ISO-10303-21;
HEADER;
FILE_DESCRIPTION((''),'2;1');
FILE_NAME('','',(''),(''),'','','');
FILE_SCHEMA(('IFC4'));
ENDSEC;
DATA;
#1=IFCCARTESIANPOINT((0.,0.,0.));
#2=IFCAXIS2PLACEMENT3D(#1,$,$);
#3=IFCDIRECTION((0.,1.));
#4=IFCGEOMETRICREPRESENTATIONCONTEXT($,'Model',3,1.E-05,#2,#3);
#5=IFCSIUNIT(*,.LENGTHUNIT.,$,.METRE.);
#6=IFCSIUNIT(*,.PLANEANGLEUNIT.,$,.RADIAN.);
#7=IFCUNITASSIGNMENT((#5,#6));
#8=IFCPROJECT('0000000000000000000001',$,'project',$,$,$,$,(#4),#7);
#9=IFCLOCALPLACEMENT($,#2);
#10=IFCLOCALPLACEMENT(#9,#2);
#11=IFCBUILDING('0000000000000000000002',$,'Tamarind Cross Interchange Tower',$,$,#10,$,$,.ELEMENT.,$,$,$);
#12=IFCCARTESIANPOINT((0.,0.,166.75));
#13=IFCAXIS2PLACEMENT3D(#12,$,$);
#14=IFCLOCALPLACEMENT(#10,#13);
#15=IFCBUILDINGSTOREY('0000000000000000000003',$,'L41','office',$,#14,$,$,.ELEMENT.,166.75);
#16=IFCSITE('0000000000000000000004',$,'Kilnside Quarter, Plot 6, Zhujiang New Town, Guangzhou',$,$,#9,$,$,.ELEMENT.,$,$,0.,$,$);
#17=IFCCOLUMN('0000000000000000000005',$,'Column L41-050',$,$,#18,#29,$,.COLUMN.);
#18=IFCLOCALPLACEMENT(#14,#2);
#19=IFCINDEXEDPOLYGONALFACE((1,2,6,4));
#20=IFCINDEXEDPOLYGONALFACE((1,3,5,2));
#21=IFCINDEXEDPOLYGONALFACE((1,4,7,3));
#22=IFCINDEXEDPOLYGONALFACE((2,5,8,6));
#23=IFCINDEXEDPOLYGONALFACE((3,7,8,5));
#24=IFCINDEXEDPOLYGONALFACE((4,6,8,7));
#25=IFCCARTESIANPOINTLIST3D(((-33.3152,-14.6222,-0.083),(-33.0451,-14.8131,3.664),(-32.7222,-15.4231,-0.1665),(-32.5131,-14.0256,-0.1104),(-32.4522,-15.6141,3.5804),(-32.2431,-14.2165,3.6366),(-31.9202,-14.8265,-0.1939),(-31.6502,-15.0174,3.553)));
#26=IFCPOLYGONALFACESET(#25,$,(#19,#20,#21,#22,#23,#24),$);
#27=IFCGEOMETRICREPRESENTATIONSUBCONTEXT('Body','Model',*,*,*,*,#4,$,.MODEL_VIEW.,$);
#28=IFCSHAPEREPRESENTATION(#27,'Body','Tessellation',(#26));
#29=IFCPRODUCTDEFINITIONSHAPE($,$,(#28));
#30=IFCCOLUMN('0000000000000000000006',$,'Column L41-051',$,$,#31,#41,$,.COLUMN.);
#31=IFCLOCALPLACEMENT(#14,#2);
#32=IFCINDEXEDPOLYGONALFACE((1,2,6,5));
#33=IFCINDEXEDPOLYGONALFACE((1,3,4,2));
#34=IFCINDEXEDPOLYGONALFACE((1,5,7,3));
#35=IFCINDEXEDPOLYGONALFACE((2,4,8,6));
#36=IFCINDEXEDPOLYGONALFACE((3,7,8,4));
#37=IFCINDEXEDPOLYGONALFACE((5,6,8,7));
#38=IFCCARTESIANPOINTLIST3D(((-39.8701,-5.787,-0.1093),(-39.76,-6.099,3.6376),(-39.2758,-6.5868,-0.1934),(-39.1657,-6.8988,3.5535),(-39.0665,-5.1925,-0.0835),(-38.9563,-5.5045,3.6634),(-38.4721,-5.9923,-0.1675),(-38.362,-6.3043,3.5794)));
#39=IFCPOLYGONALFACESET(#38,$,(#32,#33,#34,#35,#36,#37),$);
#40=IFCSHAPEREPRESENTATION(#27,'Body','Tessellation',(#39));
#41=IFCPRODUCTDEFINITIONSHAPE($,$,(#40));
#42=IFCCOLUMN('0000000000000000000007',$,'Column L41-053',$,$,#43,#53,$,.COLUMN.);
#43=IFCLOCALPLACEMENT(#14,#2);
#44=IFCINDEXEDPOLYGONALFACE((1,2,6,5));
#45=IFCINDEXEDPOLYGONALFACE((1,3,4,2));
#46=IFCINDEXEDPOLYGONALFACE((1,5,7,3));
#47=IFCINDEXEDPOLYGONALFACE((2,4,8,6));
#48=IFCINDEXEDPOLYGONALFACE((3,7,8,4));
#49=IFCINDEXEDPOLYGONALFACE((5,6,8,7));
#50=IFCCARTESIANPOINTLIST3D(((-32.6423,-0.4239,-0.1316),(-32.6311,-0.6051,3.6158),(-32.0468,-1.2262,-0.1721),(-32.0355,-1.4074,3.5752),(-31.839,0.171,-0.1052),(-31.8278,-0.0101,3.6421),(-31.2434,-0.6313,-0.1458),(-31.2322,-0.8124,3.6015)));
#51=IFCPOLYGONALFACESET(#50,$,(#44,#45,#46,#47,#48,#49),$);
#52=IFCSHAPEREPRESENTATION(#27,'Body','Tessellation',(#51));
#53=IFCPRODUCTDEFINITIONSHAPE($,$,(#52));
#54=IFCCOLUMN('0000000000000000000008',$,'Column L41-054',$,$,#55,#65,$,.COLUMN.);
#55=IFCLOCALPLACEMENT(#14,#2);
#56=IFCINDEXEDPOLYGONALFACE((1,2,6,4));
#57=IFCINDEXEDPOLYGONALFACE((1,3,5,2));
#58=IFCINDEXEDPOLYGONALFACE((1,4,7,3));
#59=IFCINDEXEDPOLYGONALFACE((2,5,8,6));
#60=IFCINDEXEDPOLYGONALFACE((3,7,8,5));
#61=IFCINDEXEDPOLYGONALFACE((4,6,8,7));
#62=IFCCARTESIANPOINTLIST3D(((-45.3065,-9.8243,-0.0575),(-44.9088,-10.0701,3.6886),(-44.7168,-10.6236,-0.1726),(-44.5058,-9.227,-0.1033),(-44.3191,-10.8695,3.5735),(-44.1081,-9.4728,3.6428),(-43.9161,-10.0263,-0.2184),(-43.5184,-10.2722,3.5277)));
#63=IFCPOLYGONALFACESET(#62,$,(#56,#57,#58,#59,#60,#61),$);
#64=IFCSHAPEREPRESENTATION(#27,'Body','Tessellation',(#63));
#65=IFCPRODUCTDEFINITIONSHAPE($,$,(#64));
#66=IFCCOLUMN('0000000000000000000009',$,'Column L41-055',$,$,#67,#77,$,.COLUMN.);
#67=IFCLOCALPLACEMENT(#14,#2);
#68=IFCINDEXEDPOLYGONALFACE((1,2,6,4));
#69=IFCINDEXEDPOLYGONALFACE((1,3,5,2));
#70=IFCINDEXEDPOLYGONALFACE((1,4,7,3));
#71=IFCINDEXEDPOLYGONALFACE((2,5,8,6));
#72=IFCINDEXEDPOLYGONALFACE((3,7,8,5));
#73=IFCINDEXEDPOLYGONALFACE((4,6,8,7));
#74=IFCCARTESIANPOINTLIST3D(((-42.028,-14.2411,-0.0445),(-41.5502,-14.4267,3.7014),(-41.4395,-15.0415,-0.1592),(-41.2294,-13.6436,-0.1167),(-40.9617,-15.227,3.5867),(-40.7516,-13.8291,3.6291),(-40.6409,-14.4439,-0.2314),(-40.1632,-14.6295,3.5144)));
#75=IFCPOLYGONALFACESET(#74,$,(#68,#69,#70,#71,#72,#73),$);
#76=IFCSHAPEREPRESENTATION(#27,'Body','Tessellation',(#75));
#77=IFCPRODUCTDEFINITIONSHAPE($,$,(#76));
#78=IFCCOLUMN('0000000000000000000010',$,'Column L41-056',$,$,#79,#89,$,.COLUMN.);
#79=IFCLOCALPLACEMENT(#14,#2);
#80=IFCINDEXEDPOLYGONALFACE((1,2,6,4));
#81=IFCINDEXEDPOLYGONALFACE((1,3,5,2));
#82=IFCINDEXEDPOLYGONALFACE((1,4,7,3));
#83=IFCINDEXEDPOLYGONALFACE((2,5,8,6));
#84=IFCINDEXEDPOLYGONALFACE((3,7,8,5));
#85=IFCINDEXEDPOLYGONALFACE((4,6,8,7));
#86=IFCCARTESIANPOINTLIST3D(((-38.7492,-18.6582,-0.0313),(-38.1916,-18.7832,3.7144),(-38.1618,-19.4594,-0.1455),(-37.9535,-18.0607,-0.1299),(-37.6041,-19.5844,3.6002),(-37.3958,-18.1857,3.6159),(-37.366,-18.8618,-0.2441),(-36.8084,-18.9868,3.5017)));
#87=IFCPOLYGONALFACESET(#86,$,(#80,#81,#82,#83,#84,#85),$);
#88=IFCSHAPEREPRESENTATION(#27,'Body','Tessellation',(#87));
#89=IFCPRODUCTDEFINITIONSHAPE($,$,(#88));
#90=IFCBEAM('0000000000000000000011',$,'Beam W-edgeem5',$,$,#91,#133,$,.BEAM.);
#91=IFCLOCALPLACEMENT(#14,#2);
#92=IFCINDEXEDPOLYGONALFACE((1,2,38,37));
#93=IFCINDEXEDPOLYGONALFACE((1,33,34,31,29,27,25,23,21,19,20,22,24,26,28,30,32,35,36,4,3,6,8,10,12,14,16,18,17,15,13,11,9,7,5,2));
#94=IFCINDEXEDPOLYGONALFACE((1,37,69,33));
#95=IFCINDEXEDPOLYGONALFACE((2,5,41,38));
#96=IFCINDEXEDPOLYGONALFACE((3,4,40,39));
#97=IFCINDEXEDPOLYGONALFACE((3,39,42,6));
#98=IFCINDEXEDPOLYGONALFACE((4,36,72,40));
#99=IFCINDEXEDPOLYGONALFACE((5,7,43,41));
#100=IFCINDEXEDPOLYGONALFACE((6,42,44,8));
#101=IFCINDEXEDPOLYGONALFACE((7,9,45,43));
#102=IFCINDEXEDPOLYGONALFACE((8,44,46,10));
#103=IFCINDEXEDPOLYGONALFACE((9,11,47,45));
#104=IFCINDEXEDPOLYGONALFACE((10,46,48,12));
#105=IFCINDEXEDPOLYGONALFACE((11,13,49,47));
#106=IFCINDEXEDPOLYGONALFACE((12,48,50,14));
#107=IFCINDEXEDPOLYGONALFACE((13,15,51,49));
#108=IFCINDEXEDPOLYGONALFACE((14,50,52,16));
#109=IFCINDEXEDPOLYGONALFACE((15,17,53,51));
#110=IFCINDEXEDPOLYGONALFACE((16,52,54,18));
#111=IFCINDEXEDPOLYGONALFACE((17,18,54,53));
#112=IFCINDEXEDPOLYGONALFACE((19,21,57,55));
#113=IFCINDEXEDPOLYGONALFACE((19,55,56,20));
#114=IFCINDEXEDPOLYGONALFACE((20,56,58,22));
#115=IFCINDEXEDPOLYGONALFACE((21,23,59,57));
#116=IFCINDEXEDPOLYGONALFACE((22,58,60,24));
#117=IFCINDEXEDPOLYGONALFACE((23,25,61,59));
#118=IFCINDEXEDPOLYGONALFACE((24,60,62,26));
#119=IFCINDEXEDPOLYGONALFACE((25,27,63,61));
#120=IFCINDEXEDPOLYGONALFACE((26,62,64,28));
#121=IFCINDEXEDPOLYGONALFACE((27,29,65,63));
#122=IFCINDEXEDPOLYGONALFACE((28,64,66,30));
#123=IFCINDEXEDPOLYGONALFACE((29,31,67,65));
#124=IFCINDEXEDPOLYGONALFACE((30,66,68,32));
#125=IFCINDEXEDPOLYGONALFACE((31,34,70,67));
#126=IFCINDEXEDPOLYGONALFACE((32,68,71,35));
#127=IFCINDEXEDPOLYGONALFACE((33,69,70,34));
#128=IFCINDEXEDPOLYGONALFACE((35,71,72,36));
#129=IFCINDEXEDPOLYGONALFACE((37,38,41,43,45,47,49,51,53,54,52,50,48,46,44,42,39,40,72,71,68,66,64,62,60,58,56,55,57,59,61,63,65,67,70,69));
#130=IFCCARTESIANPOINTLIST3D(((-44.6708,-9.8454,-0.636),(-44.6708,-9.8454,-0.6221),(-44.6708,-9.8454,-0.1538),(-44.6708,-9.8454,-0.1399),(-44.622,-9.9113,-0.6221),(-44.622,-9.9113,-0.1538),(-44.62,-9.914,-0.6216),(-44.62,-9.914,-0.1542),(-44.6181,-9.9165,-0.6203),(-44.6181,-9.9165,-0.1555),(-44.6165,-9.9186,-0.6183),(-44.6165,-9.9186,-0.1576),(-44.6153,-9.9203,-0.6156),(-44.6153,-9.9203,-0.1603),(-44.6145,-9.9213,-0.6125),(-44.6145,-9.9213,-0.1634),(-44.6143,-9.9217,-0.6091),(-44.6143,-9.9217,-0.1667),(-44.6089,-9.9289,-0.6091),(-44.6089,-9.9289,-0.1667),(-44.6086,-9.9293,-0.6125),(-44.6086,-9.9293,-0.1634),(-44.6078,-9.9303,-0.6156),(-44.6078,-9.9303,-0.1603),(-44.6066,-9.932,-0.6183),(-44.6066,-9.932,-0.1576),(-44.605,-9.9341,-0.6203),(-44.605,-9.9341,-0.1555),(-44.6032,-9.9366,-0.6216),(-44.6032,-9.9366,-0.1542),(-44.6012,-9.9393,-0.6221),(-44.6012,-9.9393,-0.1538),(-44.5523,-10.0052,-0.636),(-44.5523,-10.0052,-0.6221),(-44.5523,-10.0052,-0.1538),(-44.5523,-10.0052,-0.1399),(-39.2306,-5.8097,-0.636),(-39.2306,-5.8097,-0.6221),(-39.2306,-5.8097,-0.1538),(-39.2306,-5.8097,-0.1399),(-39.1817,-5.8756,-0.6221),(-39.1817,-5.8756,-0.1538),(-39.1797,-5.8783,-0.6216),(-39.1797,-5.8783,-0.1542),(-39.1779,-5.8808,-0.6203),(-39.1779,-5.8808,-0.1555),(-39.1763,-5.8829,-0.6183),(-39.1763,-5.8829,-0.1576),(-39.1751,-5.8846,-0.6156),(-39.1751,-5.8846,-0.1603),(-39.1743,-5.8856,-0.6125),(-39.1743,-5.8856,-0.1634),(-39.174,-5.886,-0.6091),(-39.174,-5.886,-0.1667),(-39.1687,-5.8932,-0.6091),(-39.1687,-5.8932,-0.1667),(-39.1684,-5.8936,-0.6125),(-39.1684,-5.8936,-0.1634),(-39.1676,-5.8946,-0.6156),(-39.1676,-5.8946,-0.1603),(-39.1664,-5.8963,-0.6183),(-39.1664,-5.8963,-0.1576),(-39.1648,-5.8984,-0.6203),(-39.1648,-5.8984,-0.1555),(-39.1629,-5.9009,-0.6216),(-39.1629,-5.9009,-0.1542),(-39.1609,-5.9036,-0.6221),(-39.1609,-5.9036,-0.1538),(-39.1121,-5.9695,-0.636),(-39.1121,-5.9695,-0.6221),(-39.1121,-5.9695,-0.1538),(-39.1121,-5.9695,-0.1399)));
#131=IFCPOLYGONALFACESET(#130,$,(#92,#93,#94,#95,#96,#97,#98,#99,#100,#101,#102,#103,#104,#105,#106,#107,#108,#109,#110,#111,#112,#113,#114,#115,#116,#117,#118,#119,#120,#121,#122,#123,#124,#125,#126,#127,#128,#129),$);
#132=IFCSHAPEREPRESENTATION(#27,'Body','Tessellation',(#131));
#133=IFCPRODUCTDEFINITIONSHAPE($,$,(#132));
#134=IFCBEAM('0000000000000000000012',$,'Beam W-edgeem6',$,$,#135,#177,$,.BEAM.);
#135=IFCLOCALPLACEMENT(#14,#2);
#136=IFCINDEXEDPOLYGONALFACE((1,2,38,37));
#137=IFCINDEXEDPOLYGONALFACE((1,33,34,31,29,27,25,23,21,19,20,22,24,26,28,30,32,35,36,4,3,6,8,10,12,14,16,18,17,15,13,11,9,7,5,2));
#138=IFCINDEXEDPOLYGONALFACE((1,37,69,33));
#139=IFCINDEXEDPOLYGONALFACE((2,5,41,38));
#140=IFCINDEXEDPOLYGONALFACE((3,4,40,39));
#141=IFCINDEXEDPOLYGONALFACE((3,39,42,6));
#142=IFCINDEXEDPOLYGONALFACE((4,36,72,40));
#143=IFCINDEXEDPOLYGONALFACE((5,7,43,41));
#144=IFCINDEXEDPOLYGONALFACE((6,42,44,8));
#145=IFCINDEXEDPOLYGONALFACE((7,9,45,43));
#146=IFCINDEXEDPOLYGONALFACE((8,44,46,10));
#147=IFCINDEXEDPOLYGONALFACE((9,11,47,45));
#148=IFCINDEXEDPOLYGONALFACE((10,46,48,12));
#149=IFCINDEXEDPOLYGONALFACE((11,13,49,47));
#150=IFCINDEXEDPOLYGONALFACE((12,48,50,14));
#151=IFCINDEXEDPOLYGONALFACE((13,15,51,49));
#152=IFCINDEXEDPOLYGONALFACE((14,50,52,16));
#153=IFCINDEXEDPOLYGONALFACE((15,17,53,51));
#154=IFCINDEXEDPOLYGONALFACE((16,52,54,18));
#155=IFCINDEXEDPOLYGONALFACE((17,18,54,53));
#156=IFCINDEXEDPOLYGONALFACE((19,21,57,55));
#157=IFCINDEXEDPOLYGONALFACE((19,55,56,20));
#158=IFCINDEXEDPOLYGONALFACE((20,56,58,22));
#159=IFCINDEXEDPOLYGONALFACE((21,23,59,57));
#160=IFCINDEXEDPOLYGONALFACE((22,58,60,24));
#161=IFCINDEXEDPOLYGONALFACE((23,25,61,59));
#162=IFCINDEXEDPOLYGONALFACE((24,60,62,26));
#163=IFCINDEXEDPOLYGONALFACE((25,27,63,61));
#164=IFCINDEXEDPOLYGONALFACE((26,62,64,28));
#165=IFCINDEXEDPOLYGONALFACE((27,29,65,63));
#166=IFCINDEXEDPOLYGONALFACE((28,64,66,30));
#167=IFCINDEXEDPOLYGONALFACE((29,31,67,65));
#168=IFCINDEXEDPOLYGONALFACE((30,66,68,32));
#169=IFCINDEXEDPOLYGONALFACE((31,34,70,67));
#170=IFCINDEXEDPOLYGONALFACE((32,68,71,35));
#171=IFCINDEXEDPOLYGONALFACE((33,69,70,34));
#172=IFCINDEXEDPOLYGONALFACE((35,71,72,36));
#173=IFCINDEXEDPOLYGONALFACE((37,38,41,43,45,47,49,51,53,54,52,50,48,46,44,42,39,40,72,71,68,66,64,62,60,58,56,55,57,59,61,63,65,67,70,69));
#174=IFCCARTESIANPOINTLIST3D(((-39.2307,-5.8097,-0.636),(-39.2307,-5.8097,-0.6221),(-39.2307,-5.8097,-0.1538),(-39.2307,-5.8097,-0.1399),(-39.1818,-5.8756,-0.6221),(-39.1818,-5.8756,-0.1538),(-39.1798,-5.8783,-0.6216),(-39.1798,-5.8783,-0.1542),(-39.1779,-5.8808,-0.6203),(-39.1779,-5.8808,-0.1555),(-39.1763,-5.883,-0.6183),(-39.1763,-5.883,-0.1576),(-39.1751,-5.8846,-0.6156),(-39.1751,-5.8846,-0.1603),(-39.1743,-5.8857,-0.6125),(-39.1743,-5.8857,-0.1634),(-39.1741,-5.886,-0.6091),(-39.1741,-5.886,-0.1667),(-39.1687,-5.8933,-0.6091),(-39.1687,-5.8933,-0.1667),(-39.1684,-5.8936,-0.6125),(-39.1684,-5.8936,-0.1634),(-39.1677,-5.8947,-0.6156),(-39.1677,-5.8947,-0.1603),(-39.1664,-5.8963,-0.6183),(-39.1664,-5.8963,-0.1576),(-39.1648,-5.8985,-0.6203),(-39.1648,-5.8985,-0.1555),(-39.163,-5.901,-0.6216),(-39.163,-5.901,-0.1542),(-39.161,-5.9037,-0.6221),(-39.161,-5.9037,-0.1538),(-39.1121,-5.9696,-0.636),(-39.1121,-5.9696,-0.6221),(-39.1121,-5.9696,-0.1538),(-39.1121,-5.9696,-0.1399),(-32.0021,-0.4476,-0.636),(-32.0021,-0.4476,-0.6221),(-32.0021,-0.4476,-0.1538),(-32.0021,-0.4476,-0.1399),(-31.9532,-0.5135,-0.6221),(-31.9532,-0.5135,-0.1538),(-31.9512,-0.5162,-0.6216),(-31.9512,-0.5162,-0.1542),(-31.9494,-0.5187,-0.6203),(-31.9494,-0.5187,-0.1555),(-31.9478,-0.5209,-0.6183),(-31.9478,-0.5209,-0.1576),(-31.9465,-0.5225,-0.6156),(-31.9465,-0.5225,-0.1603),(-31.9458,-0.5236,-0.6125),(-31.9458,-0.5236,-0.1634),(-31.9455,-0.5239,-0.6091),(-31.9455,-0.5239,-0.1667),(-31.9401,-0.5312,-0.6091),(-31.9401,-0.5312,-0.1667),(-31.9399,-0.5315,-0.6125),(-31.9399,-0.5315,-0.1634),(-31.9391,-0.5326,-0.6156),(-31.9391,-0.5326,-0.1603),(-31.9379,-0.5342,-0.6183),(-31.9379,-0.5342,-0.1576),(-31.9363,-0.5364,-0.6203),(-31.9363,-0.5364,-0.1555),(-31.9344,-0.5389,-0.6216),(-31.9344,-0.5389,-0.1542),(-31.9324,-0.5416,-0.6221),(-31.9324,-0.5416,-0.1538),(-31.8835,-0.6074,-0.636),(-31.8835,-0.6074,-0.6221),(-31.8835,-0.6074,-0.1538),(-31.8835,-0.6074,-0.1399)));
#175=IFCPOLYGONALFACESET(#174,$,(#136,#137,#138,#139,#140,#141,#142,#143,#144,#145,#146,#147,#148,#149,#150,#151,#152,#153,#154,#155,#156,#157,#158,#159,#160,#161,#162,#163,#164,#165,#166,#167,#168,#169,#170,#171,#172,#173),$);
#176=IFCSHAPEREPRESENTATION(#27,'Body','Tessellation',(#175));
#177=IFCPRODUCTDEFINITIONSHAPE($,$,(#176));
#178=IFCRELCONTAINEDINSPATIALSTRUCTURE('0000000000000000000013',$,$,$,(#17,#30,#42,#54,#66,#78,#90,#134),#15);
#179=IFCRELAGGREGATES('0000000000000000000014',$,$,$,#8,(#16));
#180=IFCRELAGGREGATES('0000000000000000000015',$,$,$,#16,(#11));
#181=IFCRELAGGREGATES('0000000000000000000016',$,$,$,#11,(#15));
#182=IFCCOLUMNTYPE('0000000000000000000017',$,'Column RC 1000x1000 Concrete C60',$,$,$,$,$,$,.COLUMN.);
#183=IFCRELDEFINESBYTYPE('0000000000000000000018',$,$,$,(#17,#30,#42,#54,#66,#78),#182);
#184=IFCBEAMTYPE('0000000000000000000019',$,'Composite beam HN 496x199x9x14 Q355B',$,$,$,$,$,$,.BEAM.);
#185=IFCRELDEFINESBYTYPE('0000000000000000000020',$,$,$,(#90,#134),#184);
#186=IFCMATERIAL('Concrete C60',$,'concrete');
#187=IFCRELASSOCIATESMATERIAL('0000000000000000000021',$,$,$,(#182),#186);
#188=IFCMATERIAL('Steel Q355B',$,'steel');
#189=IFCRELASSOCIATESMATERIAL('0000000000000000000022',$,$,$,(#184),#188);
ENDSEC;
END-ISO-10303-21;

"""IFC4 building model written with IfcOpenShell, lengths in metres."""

from ifc_helpers import new_model, si_unit, direction, frame, origin, origin_2d, place, context, subcontext, project, spatial, rectangle, i_section, extrude, material, material_profile, profile_set, type_object, element, save


model = new_model("IFC4")

# Units and contexts
model_context = context("Model", 3, precision=1e-05, world=origin(), true_north=direction((0.0, 1.0)))
body_context = subcontext(model_context, "Body", "Model", "MODEL_VIEW")
ifc_project = project(units=[si_unit("LENGTHUNIT", "METRE"), si_unit("PLANEANGLEUNIT", "RADIAN")], contexts=[model_context])

# Site, building, storey
site_placement = place(None, origin())
site = spatial("IfcSite", under=ifc_project, at=site_placement, Name="Kilnside Quarter, Plot 6, Zhujiang New Town, Guangzhou", CompositionType="ELEMENT", RefElevation=0.0)
building_placement = place(site_placement, origin())
building = spatial("IfcBuilding", under=site, at=building_placement, Name="Tamarind Cross Interchange Tower", CompositionType="ELEMENT")
storey_placement = place(building_placement, frame((0.0, 0.0, 166.75)))
storey = spatial("IfcBuildingStorey", under=building, at=storey_placement, Name="L41", Description="office", CompositionType="ELEMENT", Elevation=166.75)

# Columns
ifc_material_1 = material(Name="Concrete C60", Category="concrete")
ifc_material_profile_1 = material_profile(ifc_material_1, rectangle(XDim=1.0, YDim=1.0, at=origin_2d()), Name="RC 1000x1000")
ifc_profile_set_1 = profile_set([ifc_material_profile_1], Name="Concrete C60")
column_type = type_object("IfcColumnType", Name="Column RC 1000x1000 Concrete C60", PredefinedType="COLUMN", material=ifc_profile_set_1)
for number, where, z_axis, x_axis, name in (
    (1, (-32.6177, -14.7244, -0.1384), (0.071787, -0.050757, 0.996128), (-0.592924, 0.800913, 0.08354), "Column L41-050"),
    (2, (-39.1711, -5.8896, -0.1384), (0.029273, -0.082951, 0.996124), (0.803699, 0.594473, 0.025886), "Column L41-051"),
):
    element("IfcColumn", number, at=place(storey_placement, frame(where, z_axis=z_axis, x_axis=x_axis)), inside=storey, type_object=column_type, Name=name, PredefinedType="COLUMN", context=body_context, shape_type="SweptSolid", body=[
        extrude(rectangle(XDim=1.0, YDim=1.0, at=origin_2d()), origin(), (0.0, 0.0, 1.0), 3.7615),
    ])
column_1_placement = place(storey_placement, frame((-31.9429, -0.5276, -0.1387), z_axis=(0.002993, -0.048285, 0.998829), x_axis=(0.803319, 0.594965, 0.026354)))
element("IfcColumn", 3, at=column_1_placement, inside=storey, type_object=column_type, Name="Column L41-053", PredefinedType="COLUMN", context=body_context, shape_type="SweptSolid", body=[
    extrude(rectangle(XDim=1.0, YDim=1.0, at=origin_2d()), origin(), (0.0, 0.0, 1.0), 3.7517),
])
column_2_placement = place(storey_placement, frame((-44.6113, -9.9253, -0.1379), z_axis=(0.105348, -0.065123, 0.992301), x_axis=(-0.589728, 0.799362, 0.115069)))
element("IfcColumn", 4, at=column_2_placement, inside=storey, type_object=column_type, Name="Column L41-054", PredefinedType="COLUMN", context=body_context, shape_type="SweptSolid", body=[
    extrude(rectangle(XDim=1.0, YDim=1.0, at=origin_2d()), origin(), (0.0, 0.0, 1.0), 3.7751),
])
column_3_placement = place(storey_placement, frame((-41.3345, -14.3425, -0.1379), z_axis=(0.126372, -0.049077, 0.990768), x_axis=(-0.588479, 0.800335, 0.114704)))
element("IfcColumn", 5, at=column_3_placement, inside=storey, type_object=column_type, Name="Column L41-055", PredefinedType="COLUMN", context=body_context, shape_type="SweptSolid", body=[
    extrude(rectangle(XDim=1.0, YDim=1.0, at=origin_2d()), origin(), (0.0, 0.0, 1.0), 3.7808),
])
column_4_placement = place(storey_placement, frame((-38.0576, -18.76, -0.1377), z_axis=(0.147169, -0.032991, 0.988561), x_axis=(-0.587441, 0.80117, 0.114191)))
element("IfcColumn", 6, at=column_4_placement, inside=storey, type_object=column_type, Name="Column L41-056", PredefinedType="COLUMN", context=body_context, shape_type="SweptSolid", body=[
    extrude(rectangle(XDim=1.0, YDim=1.0, at=origin_2d()), origin(), (0.0, 0.0, 1.0), 3.7891),
])

# Beams
ifc_material_2 = material(Name="Steel Q355B", Category="steel")
ifc_material_profile_2 = material_profile(ifc_material_2, i_section(OverallWidth=0.199, OverallDepth=0.4961, WebThickness=0.009, FlangeThickness=0.0139, FilletRadius=0.0129, at=origin_2d()), Name="HN 496x199x9x14")
ifc_profile_set_2 = profile_set([ifc_material_profile_2], Name="Steel Q355B")
beam_type_1 = type_object("IfcBeamType", Name="Composite beam HN 496x199x9x14 Q355B", PredefinedType="BEAM", material=ifc_profile_set_2)
beam_1_placement = place(storey_placement, frame((-44.6116, -9.9253, -0.3879), z_axis=(0.803142, 0.595788, 0.0), x_axis=(-0.595788, 0.803142, 0.0)))
element("IfcBeam", 7, at=beam_1_placement, inside=storey, type_object=beam_type_1, Name="Beam W-edgeem5", PredefinedType="BEAM", context=body_context, shape_type="SweptSolid", body=[
    extrude(i_section(OverallWidth=0.199, OverallDepth=0.4961, WebThickness=0.009, FlangeThickness=0.0139, FilletRadius=0.0129, at=origin_2d()), origin(), (0.0, 0.0, 1.0), 6.7737),
])
beam_2_placement = place(storey_placement, frame((-39.1714, -5.8896, -0.3879), z_axis=(0.803153, 0.595773, 0.0), x_axis=(-0.595773, 0.803153, 0.0)))
element("IfcBeam", 8, at=beam_2_placement, inside=storey, type_object=beam_type_1, Name="Beam W-edgeem6", PredefinedType="BEAM", context=body_context, shape_type="SweptSolid", body=[
    extrude(i_section(OverallWidth=0.199, OverallDepth=0.4961, WebThickness=0.009, FlangeThickness=0.0139, FilletRadius=0.0129, at=origin_2d()), origin(), (0.0, 0.0, 1.0), 9.0002),
])

save(model, "model.ifc")
